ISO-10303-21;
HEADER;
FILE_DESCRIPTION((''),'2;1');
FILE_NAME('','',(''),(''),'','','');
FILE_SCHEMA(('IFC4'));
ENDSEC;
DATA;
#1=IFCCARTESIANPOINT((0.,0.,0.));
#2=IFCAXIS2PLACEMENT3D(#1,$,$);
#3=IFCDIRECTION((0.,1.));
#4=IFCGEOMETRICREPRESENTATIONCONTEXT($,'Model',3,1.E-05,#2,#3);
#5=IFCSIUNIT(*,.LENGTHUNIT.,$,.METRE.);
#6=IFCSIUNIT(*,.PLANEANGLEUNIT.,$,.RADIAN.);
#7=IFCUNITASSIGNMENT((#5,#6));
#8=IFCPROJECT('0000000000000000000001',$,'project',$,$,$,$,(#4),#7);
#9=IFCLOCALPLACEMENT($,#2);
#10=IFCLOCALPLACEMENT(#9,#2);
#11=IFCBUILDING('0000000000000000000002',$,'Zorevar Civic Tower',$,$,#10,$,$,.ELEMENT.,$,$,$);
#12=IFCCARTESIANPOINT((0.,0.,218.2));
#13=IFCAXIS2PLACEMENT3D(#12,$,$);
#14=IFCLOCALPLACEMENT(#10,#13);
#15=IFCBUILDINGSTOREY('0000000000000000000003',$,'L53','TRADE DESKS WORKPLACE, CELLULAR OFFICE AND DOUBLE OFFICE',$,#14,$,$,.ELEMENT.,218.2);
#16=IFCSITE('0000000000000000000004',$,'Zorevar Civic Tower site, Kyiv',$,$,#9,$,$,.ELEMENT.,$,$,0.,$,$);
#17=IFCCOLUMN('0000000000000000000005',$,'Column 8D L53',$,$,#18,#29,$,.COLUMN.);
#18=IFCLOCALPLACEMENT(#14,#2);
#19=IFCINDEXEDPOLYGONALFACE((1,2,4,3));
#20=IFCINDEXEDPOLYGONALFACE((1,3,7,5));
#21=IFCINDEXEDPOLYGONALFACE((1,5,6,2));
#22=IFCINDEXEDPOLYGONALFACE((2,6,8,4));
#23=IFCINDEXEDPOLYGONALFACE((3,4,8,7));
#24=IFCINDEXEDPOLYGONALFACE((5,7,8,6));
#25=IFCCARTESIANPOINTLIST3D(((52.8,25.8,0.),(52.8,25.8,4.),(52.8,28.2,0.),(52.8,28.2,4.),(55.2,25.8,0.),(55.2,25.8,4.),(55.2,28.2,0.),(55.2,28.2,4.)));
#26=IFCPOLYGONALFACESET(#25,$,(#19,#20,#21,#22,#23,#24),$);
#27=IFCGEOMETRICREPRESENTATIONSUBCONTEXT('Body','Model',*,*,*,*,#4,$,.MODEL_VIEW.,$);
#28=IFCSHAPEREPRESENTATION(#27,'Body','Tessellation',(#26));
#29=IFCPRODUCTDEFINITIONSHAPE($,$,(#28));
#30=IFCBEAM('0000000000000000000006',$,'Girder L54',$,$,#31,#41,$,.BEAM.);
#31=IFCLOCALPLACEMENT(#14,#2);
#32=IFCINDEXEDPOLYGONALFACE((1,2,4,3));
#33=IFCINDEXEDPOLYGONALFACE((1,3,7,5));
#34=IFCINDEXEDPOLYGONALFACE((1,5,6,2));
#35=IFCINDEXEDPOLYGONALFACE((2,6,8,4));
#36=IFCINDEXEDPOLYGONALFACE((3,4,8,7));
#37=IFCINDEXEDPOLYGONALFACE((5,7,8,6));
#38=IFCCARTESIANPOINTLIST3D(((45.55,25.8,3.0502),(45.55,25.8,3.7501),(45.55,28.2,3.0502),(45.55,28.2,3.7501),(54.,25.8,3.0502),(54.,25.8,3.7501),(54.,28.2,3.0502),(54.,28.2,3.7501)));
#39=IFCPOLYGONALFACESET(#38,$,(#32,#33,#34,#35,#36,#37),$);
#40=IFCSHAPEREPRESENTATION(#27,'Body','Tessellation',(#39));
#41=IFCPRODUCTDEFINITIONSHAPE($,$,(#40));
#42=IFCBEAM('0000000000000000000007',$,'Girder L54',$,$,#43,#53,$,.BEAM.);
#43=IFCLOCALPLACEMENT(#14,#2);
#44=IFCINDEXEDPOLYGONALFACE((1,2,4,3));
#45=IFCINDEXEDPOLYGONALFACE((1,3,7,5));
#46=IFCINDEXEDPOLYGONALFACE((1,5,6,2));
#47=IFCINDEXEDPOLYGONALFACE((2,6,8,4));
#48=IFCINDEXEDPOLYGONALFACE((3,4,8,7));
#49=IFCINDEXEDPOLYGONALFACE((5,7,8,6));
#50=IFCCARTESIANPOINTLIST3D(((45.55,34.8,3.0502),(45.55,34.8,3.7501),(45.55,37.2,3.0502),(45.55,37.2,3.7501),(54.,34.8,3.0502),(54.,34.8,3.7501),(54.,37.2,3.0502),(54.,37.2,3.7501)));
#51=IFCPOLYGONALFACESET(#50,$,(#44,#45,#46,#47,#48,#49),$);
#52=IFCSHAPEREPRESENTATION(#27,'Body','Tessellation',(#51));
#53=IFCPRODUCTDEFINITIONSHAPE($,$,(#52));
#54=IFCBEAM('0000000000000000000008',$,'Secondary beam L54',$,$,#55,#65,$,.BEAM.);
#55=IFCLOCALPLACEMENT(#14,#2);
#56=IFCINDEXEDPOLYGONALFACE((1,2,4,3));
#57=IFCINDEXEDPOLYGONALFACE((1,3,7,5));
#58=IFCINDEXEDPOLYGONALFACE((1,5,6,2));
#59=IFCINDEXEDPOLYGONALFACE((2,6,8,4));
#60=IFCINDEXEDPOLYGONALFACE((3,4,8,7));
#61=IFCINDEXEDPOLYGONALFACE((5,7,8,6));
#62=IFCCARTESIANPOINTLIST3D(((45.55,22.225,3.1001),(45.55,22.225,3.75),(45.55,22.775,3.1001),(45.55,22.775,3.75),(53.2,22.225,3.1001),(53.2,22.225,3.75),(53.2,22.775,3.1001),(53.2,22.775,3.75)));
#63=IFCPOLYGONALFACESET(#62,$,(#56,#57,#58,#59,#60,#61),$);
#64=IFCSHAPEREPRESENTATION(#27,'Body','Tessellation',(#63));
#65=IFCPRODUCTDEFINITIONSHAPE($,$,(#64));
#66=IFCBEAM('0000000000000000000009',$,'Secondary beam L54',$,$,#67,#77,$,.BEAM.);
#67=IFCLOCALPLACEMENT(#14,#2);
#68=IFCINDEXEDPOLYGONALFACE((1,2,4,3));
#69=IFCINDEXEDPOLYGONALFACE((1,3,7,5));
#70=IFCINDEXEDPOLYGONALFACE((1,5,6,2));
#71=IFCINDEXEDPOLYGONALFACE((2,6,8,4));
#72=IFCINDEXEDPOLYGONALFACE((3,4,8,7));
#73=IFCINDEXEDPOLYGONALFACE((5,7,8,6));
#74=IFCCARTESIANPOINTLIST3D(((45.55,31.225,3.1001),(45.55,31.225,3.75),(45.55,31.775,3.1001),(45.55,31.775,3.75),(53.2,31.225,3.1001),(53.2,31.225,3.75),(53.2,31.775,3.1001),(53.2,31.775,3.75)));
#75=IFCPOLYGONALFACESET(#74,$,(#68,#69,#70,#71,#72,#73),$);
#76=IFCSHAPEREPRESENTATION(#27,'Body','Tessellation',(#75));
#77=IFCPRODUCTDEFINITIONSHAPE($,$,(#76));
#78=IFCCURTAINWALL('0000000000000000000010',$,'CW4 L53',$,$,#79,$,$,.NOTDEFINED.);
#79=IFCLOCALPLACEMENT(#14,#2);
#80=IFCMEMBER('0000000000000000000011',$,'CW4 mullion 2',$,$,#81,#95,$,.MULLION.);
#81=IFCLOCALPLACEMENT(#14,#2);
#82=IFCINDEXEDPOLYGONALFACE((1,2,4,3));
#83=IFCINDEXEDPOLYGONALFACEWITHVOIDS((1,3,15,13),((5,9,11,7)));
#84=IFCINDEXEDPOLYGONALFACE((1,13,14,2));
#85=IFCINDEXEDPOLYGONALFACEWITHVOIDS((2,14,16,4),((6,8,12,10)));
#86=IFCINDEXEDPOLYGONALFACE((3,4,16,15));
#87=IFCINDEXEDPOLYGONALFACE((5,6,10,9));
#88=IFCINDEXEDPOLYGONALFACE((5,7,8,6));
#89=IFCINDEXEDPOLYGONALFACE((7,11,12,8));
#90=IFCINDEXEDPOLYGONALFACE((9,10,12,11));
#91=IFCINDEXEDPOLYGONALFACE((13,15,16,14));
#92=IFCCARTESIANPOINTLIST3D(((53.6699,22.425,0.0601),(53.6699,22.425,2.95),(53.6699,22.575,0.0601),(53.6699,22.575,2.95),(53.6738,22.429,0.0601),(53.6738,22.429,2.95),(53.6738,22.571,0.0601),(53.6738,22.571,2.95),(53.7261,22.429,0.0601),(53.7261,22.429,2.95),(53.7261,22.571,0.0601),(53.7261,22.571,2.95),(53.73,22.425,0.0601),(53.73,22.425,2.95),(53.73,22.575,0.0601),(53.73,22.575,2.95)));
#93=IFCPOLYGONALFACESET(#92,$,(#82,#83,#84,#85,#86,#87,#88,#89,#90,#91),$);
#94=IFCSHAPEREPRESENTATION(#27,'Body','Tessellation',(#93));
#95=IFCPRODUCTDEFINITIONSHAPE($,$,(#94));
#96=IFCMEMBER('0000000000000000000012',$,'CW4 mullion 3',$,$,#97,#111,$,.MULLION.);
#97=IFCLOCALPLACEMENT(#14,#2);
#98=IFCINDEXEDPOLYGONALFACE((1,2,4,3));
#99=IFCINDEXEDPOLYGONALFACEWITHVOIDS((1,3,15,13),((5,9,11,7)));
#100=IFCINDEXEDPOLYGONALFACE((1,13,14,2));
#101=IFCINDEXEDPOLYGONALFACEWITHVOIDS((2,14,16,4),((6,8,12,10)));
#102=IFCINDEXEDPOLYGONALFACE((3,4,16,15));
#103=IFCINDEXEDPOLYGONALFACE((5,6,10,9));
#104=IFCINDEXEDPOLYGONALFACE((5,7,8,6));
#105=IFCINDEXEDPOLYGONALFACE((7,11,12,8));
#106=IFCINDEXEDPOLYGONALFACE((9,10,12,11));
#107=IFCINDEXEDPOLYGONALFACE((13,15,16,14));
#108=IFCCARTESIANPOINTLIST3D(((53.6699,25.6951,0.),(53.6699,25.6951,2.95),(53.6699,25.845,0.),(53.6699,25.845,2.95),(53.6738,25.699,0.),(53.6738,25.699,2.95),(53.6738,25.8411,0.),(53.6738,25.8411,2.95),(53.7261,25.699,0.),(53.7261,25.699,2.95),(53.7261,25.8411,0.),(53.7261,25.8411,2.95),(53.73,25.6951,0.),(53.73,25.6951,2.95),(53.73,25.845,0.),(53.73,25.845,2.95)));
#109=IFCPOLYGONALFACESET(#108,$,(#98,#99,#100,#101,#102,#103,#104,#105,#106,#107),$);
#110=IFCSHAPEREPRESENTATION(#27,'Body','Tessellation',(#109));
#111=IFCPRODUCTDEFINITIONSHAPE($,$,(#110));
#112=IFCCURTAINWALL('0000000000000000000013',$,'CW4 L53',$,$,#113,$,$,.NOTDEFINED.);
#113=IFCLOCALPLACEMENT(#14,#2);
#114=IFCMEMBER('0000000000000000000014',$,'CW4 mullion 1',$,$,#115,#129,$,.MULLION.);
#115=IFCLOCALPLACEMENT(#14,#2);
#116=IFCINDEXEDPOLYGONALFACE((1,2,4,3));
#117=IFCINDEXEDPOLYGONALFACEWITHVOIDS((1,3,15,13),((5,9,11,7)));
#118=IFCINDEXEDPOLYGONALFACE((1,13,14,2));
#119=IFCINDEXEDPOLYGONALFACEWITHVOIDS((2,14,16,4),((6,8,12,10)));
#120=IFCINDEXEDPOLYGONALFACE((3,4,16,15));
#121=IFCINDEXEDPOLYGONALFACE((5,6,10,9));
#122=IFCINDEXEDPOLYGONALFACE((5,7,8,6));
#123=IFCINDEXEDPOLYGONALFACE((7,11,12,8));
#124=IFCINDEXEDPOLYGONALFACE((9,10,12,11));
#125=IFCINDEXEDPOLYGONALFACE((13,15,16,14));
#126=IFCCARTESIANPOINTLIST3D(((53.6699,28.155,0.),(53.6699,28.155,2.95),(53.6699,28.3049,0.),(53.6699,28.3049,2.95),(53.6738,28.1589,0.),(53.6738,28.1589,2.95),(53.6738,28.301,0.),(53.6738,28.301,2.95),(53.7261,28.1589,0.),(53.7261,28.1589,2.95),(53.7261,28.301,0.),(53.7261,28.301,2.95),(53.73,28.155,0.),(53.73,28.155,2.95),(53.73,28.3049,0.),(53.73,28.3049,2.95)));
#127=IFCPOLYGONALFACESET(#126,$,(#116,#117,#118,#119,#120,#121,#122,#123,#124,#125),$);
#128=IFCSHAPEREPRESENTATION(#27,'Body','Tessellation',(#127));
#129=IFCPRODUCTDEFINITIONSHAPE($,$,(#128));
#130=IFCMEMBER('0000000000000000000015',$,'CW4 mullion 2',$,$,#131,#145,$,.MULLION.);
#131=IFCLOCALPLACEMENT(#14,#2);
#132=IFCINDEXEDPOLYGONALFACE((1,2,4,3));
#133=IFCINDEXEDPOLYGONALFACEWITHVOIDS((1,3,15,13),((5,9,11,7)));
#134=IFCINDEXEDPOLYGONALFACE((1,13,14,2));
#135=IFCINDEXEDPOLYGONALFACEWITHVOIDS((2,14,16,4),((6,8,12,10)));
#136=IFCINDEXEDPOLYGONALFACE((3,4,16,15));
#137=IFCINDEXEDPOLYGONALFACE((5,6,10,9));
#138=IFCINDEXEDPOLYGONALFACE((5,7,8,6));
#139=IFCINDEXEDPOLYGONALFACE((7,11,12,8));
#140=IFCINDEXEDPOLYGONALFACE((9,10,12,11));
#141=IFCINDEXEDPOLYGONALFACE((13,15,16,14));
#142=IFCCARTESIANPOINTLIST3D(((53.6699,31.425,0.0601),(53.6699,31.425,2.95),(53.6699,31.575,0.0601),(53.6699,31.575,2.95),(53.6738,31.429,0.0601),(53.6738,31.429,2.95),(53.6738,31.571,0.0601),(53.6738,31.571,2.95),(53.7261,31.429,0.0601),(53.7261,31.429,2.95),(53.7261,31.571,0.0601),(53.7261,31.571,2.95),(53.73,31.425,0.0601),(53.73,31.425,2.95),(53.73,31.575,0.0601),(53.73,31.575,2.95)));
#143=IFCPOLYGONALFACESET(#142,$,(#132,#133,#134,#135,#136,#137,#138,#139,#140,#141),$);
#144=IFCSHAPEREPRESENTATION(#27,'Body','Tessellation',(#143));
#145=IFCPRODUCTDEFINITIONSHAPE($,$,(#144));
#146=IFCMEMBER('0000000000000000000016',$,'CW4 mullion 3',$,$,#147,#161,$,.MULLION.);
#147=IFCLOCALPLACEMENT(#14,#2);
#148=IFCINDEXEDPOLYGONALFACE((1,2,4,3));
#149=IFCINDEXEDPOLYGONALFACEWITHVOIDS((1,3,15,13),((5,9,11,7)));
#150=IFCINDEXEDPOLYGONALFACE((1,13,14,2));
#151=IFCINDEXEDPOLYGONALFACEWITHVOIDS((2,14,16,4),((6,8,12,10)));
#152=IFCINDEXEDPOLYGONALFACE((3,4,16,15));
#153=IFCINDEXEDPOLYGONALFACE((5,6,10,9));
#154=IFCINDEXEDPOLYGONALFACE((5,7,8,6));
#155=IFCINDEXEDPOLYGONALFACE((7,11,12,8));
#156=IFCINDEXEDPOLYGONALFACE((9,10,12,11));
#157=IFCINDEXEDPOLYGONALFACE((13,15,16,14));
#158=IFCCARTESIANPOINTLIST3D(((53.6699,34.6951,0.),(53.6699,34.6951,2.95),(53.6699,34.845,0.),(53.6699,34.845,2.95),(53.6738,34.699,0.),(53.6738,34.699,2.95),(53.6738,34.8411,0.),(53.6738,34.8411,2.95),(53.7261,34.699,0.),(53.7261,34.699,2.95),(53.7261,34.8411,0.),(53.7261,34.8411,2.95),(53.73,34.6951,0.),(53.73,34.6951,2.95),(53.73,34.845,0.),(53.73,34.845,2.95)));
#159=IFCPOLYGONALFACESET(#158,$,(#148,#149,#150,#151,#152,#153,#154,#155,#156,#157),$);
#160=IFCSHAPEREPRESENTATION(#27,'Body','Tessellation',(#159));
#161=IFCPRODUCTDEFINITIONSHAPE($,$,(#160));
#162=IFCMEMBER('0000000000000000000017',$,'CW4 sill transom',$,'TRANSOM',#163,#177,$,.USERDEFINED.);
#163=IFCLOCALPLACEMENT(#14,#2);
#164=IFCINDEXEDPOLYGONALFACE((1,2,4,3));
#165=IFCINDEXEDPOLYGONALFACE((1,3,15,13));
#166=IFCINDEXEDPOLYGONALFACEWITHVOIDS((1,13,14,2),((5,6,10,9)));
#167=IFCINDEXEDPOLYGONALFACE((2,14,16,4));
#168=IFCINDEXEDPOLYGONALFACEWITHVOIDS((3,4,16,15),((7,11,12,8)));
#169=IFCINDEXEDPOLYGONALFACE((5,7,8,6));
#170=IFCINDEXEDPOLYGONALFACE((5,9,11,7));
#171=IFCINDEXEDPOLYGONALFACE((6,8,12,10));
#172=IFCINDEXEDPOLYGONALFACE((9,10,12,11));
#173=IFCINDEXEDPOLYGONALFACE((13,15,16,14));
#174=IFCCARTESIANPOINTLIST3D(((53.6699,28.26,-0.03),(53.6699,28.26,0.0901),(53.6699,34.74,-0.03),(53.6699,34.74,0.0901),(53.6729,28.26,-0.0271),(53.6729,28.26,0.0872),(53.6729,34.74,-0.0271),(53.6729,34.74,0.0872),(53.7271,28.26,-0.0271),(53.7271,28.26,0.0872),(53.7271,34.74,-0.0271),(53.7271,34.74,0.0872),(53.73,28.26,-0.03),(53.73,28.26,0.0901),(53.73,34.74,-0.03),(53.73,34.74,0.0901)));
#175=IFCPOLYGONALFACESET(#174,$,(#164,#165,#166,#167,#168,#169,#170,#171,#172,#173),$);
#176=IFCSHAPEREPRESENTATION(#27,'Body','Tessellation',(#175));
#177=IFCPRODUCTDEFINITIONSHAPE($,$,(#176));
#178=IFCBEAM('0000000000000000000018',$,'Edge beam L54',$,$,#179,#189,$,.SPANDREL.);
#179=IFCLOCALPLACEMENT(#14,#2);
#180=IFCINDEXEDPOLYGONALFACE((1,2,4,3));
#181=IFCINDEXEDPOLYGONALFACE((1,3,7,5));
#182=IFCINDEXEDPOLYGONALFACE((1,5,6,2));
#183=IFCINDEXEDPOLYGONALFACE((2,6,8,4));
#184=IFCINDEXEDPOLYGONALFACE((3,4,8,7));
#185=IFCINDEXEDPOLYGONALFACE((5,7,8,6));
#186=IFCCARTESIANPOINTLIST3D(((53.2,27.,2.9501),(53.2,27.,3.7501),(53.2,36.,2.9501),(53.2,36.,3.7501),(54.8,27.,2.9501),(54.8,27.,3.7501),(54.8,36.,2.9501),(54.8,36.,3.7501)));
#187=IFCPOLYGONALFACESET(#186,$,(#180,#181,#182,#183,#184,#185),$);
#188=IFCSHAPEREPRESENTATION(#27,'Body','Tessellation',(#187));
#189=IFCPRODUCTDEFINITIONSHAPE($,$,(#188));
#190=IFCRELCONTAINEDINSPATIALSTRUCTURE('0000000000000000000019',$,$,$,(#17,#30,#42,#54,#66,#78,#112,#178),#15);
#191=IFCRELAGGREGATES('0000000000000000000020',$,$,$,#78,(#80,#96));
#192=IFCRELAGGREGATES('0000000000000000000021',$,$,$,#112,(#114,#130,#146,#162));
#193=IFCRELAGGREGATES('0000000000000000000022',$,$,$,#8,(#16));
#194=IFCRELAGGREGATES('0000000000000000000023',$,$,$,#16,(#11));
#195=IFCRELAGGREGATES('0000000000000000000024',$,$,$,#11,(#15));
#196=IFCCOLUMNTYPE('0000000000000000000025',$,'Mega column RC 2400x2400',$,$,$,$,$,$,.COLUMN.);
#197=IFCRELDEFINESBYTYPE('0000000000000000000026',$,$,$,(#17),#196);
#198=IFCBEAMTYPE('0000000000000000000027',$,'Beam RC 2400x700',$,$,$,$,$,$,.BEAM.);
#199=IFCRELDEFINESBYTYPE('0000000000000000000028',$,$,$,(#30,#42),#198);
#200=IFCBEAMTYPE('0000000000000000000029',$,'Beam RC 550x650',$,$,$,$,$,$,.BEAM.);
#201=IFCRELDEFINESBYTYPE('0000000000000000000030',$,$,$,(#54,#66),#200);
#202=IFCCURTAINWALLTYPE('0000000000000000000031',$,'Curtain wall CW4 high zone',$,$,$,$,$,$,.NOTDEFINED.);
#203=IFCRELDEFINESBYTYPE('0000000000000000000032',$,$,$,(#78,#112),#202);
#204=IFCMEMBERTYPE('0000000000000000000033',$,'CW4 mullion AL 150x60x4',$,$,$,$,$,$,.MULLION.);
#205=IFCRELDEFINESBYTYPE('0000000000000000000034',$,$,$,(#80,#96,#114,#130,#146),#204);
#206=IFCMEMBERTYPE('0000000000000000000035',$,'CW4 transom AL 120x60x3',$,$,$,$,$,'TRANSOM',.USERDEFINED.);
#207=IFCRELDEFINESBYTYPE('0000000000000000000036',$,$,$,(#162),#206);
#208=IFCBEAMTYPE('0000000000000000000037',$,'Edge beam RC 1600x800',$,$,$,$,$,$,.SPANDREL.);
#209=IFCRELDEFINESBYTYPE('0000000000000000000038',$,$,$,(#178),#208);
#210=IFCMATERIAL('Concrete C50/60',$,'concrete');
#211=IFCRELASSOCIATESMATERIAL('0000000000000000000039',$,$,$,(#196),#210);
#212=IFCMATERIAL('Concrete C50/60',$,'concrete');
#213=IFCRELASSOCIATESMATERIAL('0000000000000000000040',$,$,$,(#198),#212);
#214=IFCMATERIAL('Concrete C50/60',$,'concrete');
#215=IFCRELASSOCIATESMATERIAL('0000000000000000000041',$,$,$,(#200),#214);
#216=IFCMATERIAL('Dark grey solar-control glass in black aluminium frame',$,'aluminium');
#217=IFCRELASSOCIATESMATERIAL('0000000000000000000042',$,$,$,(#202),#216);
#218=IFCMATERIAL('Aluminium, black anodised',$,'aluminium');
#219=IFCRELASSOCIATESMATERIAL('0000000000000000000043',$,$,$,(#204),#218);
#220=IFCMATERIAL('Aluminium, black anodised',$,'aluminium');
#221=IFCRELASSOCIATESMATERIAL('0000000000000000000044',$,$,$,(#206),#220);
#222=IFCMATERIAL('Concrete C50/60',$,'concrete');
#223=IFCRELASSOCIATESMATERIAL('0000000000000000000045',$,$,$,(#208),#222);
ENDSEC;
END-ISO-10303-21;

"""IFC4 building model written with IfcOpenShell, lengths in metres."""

from ifc_helpers import new_model, si_unit, direction, frame, origin, origin_2d, place, context, subcontext, project, spatial, rectangle, hollow_rectangle, extrude, material, material_profile, profile_set, type_object, element, aggregate, save


model = new_model("IFC4")

# Units and contexts
model_context = context("Model", 3, precision=1e-05, world=origin(), true_north=direction((0.0, 1.0)))
body_context = subcontext(model_context, "Body", "Model", "MODEL_VIEW")
ifc_project = project(units=[si_unit("LENGTHUNIT", "METRE"), si_unit("PLANEANGLEUNIT", "RADIAN")], contexts=[model_context])

# Site, building, storey
site_placement = place(None, origin())
site = spatial("IfcSite", under=ifc_project, at=site_placement, Name="Zorevar Civic Tower site, Kyiv", CompositionType="ELEMENT", RefElevation=0.0)
building_placement = place(site_placement, origin())
building = spatial("IfcBuilding", under=site, at=building_placement, Name="Zorevar Civic Tower", CompositionType="ELEMENT")
storey_placement = place(building_placement, frame((0.0, 0.0, 218.2)))
storey = spatial("IfcBuildingStorey", under=building, at=storey_placement, Name="L53", Description="TRADE DESKS WORKPLACE, CELLULAR OFFICE AND DOUBLE OFFICE", CompositionType="ELEMENT", Elevation=218.2)

# Column
ifc_material_1 = material(Name="Concrete C50/60", Category="concrete")
ifc_material_profile_1 = material_profile(ifc_material_1, rectangle(XDim=2.3999, YDim=2.3999, at=origin_2d()), Name="RC 2400x2400")
ifc_profile_set_1 = profile_set([ifc_material_profile_1], Name="Concrete C50/60")
column_type = type_object("IfcColumnType", Name="Mega column RC 2400x2400", PredefinedType="COLUMN", material=ifc_profile_set_1)
column_placement = place(storey_placement, frame((54.0, 27.0, 0.0), z_axis=(0.0, 0.0, 1.0), x_axis=(1.0, 0.0, 0.0)))
element("IfcColumn", 1, at=column_placement, inside=storey, type_object=column_type, Name="Column 8D L53", PredefinedType="COLUMN", context=body_context, shape_type="SweptSolid", body=[
    extrude(rectangle(XDim=2.3999, YDim=2.3999, at=origin_2d()), origin(), (0.0, 0.0, 1.0), 4.0),
])

# Beams
ifc_material_2 = material(Name="Concrete C50/60", Category="concrete")
ifc_material_profile_2 = material_profile(ifc_material_2, rectangle(XDim=2.3999, YDim=0.7, at=origin_2d()), Name="RC 2400x700")
ifc_profile_set_2 = profile_set([ifc_material_profile_2], Name="Concrete C50/60")
beam_type_1 = type_object("IfcBeamType", Name="Beam RC 2400x700", PredefinedType="BEAM", material=ifc_profile_set_2)
for number, where, z_axis, x_axis, name in (
    (2, (45.55, 27.0, 3.4001), (1.0, 0.0, 0.0), (0.0, 1.0, 0.0), "Girder L54"),
    (3, (45.55, 36.0, 3.4001), (1.0, 0.0, 0.0), (0.0, 1.0, 0.0), "Girder L54"),
):
    element("IfcBeam", number, at=place(storey_placement, frame(where, z_axis=z_axis, x_axis=x_axis)), inside=storey, type_object=beam_type_1, Name=name, PredefinedType="BEAM", context=body_context, shape_type="SweptSolid", body=[
        extrude(rectangle(XDim=2.3999, YDim=0.7, at=origin_2d()), origin(), (0.0, 0.0, 1.0), 8.45),
    ])
ifc_material_3 = material(Name="Concrete C50/60", Category="concrete")
ifc_material_profile_3 = material_profile(ifc_material_3, rectangle(XDim=0.55, YDim=0.6499, at=origin_2d()), Name="RC 550x650")
ifc_profile_set_3 = profile_set([ifc_material_profile_3], Name="Concrete C50/60")
beam_type_2 = type_object("IfcBeamType", Name="Beam RC 550x650", PredefinedType="BEAM", material=ifc_profile_set_3)
for number, where, z_axis, x_axis, name in (
    (4, (45.55, 22.5, 3.425), (1.0, 0.0, 0.0), (0.0, 1.0, 0.0), "Secondary beam L54"),
    (5, (45.55, 31.5, 3.425), (1.0, 0.0, 0.0), (0.0, 1.0, 0.0), "Secondary beam L54"),
):
    element("IfcBeam", number, at=place(storey_placement, frame(where, z_axis=z_axis, x_axis=x_axis)), inside=storey, type_object=beam_type_2, Name=name, PredefinedType="BEAM", context=body_context, shape_type="SweptSolid", body=[
        extrude(rectangle(XDim=0.55, YDim=0.6499, at=origin_2d()), origin(), (0.0, 0.0, 1.0), 7.6499),
    ])

# Curtain walls, members
ifc_material_4 = material(Name="Dark grey solar-control glass in black aluminium frame", Category="aluminium")
curtain_wall_type = type_object("IfcCurtainWallType", Name="Curtain wall CW4 high zone", PredefinedType="NOTDEFINED", material=ifc_material_4)
curtain_wall_1_placement = place(storey_placement, origin())
curtain_wall_1 = element("IfcCurtainWall", 6, at=curtain_wall_1_placement, inside=storey, type_object=curtain_wall_type, Name="CW4 L53", PredefinedType="NOTDEFINED")
ifc_material_5 = material(Name="Aluminium, black anodised", Category="aluminium")
ifc_material_profile_4 = material_profile(ifc_material_5, hollow_rectangle(XDim=0.0601, YDim=0.1499, WallThickness=0.0039, at=origin_2d()), Name="AL 150x60x4")
ifc_profile_set_4 = profile_set([ifc_material_profile_4], Name="Aluminium, black anodised")
member_type_1 = type_object("IfcMemberType", Name="CW4 mullion AL 150x60x4", PredefinedType="MULLION", material=ifc_profile_set_4)
member_1_placement = place(storey_placement, frame((53.7, 22.5, 0.0601), z_axis=(0.0, 0.0, 1.0), x_axis=(-1.0, 0.0, 0.0)))
member_1 = element("IfcMember", 7, at=member_1_placement, type_object=member_type_1, Name="CW4 mullion 2", PredefinedType="MULLION", context=body_context, shape_type="SweptSolid", body=[
    extrude(hollow_rectangle(XDim=0.0601, YDim=0.1499, WallThickness=0.0039, at=origin_2d()), origin(), (0.0, 0.0, 1.0), 2.8899),
])
member_2_placement = place(storey_placement, frame((53.7, 25.77, 0.0), z_axis=(0.0, 0.0, 1.0), x_axis=(-1.0, 0.0, 0.0)))
member_2 = element("IfcMember", 8, at=member_2_placement, type_object=member_type_1, Name="CW4 mullion 3", PredefinedType="MULLION", context=body_context, shape_type="SweptSolid", body=[
    extrude(hollow_rectangle(XDim=0.0601, YDim=0.1499, WallThickness=0.0039, at=origin_2d()), origin(), (0.0, 0.0, 1.0), 2.95),
])
curtain_wall_2_placement = place(storey_placement, origin())
curtain_wall_2 = element("IfcCurtainWall", 9, at=curtain_wall_2_placement, inside=storey, type_object=curtain_wall_type, Name="CW4 L53", PredefinedType="NOTDEFINED")
member_3_placement = place(storey_placement, frame((53.7, 28.23, 0.0), z_axis=(0.0, 0.0, 1.0), x_axis=(-1.0, 0.0, 0.0)))
member_3 = element("IfcMember", 10, at=member_3_placement, type_object=member_type_1, Name="CW4 mullion 1", PredefinedType="MULLION", context=body_context, shape_type="SweptSolid", body=[
    extrude(hollow_rectangle(XDim=0.0601, YDim=0.1499, WallThickness=0.0039, at=origin_2d()), origin(), (0.0, 0.0, 1.0), 2.95),
])
member_4_placement = place(storey_placement, frame((53.7, 31.5, 0.0601), z_axis=(0.0, 0.0, 1.0), x_axis=(-1.0, 0.0, 0.0)))
member_4 = element("IfcMember", 11, at=member_4_placement, type_object=member_type_1, Name="CW4 mullion 2", PredefinedType="MULLION", context=body_context, shape_type="SweptSolid", body=[
    extrude(hollow_rectangle(XDim=0.0601, YDim=0.1499, WallThickness=0.0039, at=origin_2d()), origin(), (0.0, 0.0, 1.0), 2.8899),
])
member_5_placement = place(storey_placement, frame((53.7, 34.77, 0.0), z_axis=(0.0, 0.0, 1.0), x_axis=(-1.0, 0.0, 0.0)))
member_5 = element("IfcMember", 12, at=member_5_placement, type_object=member_type_1, Name="CW4 mullion 3", PredefinedType="MULLION", context=body_context, shape_type="SweptSolid", body=[
    extrude(hollow_rectangle(XDim=0.0601, YDim=0.1499, WallThickness=0.0039, at=origin_2d()), origin(), (0.0, 0.0, 1.0), 2.95),
])
ifc_material_6 = material(Name="Aluminium, black anodised", Category="aluminium")
ifc_material_profile_5 = material_profile(ifc_material_6, hollow_rectangle(XDim=0.0601, YDim=0.1201, WallThickness=0.0029, at=origin_2d()), Name="AL 120x60x3")
ifc_profile_set_5 = profile_set([ifc_material_profile_5], Name="Aluminium, black anodised")
member_type_2 = type_object("IfcMemberType", Name="CW4 transom AL 120x60x3", ElementType="TRANSOM", PredefinedType="USERDEFINED", material=ifc_profile_set_5)
member_6_placement = place(storey_placement, frame((53.7, 28.26, 0.03), z_axis=(0.0, 1.0, 0.0), x_axis=(-1.0, 0.0, 0.0)))
member_6 = element("IfcMember", 13, at=member_6_placement, type_object=member_type_2, Name="CW4 sill transom", ObjectType="TRANSOM", PredefinedType="USERDEFINED", context=body_context, shape_type="SweptSolid", body=[
    extrude(hollow_rectangle(XDim=0.0601, YDim=0.1201, WallThickness=0.0029, at=origin_2d()), origin(), (0.0, 0.0, 1.0), 6.48),
])

# Beam
ifc_material_7 = material(Name="Concrete C50/60", Category="concrete")
ifc_material_profile_6 = material_profile(ifc_material_7, rectangle(XDim=1.6001, YDim=0.8, at=origin_2d()), Name="RC 1600x800")
ifc_profile_set_6 = profile_set([ifc_material_profile_6], Name="Concrete C50/60")
beam_type_3 = type_object("IfcBeamType", Name="Edge beam RC 1600x800", PredefinedType="SPANDREL", material=ifc_profile_set_6)
beam_placement = place(storey_placement, frame((54.0, 27.0, 3.3501), z_axis=(0.0, 1.0, 0.0), x_axis=(-1.0, 0.0, 0.0)))
element("IfcBeam", 14, at=beam_placement, inside=storey, type_object=beam_type_3, Name="Edge beam L54", PredefinedType="SPANDREL", context=body_context, shape_type="SweptSolid", body=[
    extrude(rectangle(XDim=1.6001, YDim=0.8, at=origin_2d()), origin(), (0.0, 0.0, 1.0), 9.0),
])

aggregate(curtain_wall_1, [member_1, member_2])
aggregate(curtain_wall_2, [member_3, member_4, member_5, member_6])

save(model, "model.ifc")
